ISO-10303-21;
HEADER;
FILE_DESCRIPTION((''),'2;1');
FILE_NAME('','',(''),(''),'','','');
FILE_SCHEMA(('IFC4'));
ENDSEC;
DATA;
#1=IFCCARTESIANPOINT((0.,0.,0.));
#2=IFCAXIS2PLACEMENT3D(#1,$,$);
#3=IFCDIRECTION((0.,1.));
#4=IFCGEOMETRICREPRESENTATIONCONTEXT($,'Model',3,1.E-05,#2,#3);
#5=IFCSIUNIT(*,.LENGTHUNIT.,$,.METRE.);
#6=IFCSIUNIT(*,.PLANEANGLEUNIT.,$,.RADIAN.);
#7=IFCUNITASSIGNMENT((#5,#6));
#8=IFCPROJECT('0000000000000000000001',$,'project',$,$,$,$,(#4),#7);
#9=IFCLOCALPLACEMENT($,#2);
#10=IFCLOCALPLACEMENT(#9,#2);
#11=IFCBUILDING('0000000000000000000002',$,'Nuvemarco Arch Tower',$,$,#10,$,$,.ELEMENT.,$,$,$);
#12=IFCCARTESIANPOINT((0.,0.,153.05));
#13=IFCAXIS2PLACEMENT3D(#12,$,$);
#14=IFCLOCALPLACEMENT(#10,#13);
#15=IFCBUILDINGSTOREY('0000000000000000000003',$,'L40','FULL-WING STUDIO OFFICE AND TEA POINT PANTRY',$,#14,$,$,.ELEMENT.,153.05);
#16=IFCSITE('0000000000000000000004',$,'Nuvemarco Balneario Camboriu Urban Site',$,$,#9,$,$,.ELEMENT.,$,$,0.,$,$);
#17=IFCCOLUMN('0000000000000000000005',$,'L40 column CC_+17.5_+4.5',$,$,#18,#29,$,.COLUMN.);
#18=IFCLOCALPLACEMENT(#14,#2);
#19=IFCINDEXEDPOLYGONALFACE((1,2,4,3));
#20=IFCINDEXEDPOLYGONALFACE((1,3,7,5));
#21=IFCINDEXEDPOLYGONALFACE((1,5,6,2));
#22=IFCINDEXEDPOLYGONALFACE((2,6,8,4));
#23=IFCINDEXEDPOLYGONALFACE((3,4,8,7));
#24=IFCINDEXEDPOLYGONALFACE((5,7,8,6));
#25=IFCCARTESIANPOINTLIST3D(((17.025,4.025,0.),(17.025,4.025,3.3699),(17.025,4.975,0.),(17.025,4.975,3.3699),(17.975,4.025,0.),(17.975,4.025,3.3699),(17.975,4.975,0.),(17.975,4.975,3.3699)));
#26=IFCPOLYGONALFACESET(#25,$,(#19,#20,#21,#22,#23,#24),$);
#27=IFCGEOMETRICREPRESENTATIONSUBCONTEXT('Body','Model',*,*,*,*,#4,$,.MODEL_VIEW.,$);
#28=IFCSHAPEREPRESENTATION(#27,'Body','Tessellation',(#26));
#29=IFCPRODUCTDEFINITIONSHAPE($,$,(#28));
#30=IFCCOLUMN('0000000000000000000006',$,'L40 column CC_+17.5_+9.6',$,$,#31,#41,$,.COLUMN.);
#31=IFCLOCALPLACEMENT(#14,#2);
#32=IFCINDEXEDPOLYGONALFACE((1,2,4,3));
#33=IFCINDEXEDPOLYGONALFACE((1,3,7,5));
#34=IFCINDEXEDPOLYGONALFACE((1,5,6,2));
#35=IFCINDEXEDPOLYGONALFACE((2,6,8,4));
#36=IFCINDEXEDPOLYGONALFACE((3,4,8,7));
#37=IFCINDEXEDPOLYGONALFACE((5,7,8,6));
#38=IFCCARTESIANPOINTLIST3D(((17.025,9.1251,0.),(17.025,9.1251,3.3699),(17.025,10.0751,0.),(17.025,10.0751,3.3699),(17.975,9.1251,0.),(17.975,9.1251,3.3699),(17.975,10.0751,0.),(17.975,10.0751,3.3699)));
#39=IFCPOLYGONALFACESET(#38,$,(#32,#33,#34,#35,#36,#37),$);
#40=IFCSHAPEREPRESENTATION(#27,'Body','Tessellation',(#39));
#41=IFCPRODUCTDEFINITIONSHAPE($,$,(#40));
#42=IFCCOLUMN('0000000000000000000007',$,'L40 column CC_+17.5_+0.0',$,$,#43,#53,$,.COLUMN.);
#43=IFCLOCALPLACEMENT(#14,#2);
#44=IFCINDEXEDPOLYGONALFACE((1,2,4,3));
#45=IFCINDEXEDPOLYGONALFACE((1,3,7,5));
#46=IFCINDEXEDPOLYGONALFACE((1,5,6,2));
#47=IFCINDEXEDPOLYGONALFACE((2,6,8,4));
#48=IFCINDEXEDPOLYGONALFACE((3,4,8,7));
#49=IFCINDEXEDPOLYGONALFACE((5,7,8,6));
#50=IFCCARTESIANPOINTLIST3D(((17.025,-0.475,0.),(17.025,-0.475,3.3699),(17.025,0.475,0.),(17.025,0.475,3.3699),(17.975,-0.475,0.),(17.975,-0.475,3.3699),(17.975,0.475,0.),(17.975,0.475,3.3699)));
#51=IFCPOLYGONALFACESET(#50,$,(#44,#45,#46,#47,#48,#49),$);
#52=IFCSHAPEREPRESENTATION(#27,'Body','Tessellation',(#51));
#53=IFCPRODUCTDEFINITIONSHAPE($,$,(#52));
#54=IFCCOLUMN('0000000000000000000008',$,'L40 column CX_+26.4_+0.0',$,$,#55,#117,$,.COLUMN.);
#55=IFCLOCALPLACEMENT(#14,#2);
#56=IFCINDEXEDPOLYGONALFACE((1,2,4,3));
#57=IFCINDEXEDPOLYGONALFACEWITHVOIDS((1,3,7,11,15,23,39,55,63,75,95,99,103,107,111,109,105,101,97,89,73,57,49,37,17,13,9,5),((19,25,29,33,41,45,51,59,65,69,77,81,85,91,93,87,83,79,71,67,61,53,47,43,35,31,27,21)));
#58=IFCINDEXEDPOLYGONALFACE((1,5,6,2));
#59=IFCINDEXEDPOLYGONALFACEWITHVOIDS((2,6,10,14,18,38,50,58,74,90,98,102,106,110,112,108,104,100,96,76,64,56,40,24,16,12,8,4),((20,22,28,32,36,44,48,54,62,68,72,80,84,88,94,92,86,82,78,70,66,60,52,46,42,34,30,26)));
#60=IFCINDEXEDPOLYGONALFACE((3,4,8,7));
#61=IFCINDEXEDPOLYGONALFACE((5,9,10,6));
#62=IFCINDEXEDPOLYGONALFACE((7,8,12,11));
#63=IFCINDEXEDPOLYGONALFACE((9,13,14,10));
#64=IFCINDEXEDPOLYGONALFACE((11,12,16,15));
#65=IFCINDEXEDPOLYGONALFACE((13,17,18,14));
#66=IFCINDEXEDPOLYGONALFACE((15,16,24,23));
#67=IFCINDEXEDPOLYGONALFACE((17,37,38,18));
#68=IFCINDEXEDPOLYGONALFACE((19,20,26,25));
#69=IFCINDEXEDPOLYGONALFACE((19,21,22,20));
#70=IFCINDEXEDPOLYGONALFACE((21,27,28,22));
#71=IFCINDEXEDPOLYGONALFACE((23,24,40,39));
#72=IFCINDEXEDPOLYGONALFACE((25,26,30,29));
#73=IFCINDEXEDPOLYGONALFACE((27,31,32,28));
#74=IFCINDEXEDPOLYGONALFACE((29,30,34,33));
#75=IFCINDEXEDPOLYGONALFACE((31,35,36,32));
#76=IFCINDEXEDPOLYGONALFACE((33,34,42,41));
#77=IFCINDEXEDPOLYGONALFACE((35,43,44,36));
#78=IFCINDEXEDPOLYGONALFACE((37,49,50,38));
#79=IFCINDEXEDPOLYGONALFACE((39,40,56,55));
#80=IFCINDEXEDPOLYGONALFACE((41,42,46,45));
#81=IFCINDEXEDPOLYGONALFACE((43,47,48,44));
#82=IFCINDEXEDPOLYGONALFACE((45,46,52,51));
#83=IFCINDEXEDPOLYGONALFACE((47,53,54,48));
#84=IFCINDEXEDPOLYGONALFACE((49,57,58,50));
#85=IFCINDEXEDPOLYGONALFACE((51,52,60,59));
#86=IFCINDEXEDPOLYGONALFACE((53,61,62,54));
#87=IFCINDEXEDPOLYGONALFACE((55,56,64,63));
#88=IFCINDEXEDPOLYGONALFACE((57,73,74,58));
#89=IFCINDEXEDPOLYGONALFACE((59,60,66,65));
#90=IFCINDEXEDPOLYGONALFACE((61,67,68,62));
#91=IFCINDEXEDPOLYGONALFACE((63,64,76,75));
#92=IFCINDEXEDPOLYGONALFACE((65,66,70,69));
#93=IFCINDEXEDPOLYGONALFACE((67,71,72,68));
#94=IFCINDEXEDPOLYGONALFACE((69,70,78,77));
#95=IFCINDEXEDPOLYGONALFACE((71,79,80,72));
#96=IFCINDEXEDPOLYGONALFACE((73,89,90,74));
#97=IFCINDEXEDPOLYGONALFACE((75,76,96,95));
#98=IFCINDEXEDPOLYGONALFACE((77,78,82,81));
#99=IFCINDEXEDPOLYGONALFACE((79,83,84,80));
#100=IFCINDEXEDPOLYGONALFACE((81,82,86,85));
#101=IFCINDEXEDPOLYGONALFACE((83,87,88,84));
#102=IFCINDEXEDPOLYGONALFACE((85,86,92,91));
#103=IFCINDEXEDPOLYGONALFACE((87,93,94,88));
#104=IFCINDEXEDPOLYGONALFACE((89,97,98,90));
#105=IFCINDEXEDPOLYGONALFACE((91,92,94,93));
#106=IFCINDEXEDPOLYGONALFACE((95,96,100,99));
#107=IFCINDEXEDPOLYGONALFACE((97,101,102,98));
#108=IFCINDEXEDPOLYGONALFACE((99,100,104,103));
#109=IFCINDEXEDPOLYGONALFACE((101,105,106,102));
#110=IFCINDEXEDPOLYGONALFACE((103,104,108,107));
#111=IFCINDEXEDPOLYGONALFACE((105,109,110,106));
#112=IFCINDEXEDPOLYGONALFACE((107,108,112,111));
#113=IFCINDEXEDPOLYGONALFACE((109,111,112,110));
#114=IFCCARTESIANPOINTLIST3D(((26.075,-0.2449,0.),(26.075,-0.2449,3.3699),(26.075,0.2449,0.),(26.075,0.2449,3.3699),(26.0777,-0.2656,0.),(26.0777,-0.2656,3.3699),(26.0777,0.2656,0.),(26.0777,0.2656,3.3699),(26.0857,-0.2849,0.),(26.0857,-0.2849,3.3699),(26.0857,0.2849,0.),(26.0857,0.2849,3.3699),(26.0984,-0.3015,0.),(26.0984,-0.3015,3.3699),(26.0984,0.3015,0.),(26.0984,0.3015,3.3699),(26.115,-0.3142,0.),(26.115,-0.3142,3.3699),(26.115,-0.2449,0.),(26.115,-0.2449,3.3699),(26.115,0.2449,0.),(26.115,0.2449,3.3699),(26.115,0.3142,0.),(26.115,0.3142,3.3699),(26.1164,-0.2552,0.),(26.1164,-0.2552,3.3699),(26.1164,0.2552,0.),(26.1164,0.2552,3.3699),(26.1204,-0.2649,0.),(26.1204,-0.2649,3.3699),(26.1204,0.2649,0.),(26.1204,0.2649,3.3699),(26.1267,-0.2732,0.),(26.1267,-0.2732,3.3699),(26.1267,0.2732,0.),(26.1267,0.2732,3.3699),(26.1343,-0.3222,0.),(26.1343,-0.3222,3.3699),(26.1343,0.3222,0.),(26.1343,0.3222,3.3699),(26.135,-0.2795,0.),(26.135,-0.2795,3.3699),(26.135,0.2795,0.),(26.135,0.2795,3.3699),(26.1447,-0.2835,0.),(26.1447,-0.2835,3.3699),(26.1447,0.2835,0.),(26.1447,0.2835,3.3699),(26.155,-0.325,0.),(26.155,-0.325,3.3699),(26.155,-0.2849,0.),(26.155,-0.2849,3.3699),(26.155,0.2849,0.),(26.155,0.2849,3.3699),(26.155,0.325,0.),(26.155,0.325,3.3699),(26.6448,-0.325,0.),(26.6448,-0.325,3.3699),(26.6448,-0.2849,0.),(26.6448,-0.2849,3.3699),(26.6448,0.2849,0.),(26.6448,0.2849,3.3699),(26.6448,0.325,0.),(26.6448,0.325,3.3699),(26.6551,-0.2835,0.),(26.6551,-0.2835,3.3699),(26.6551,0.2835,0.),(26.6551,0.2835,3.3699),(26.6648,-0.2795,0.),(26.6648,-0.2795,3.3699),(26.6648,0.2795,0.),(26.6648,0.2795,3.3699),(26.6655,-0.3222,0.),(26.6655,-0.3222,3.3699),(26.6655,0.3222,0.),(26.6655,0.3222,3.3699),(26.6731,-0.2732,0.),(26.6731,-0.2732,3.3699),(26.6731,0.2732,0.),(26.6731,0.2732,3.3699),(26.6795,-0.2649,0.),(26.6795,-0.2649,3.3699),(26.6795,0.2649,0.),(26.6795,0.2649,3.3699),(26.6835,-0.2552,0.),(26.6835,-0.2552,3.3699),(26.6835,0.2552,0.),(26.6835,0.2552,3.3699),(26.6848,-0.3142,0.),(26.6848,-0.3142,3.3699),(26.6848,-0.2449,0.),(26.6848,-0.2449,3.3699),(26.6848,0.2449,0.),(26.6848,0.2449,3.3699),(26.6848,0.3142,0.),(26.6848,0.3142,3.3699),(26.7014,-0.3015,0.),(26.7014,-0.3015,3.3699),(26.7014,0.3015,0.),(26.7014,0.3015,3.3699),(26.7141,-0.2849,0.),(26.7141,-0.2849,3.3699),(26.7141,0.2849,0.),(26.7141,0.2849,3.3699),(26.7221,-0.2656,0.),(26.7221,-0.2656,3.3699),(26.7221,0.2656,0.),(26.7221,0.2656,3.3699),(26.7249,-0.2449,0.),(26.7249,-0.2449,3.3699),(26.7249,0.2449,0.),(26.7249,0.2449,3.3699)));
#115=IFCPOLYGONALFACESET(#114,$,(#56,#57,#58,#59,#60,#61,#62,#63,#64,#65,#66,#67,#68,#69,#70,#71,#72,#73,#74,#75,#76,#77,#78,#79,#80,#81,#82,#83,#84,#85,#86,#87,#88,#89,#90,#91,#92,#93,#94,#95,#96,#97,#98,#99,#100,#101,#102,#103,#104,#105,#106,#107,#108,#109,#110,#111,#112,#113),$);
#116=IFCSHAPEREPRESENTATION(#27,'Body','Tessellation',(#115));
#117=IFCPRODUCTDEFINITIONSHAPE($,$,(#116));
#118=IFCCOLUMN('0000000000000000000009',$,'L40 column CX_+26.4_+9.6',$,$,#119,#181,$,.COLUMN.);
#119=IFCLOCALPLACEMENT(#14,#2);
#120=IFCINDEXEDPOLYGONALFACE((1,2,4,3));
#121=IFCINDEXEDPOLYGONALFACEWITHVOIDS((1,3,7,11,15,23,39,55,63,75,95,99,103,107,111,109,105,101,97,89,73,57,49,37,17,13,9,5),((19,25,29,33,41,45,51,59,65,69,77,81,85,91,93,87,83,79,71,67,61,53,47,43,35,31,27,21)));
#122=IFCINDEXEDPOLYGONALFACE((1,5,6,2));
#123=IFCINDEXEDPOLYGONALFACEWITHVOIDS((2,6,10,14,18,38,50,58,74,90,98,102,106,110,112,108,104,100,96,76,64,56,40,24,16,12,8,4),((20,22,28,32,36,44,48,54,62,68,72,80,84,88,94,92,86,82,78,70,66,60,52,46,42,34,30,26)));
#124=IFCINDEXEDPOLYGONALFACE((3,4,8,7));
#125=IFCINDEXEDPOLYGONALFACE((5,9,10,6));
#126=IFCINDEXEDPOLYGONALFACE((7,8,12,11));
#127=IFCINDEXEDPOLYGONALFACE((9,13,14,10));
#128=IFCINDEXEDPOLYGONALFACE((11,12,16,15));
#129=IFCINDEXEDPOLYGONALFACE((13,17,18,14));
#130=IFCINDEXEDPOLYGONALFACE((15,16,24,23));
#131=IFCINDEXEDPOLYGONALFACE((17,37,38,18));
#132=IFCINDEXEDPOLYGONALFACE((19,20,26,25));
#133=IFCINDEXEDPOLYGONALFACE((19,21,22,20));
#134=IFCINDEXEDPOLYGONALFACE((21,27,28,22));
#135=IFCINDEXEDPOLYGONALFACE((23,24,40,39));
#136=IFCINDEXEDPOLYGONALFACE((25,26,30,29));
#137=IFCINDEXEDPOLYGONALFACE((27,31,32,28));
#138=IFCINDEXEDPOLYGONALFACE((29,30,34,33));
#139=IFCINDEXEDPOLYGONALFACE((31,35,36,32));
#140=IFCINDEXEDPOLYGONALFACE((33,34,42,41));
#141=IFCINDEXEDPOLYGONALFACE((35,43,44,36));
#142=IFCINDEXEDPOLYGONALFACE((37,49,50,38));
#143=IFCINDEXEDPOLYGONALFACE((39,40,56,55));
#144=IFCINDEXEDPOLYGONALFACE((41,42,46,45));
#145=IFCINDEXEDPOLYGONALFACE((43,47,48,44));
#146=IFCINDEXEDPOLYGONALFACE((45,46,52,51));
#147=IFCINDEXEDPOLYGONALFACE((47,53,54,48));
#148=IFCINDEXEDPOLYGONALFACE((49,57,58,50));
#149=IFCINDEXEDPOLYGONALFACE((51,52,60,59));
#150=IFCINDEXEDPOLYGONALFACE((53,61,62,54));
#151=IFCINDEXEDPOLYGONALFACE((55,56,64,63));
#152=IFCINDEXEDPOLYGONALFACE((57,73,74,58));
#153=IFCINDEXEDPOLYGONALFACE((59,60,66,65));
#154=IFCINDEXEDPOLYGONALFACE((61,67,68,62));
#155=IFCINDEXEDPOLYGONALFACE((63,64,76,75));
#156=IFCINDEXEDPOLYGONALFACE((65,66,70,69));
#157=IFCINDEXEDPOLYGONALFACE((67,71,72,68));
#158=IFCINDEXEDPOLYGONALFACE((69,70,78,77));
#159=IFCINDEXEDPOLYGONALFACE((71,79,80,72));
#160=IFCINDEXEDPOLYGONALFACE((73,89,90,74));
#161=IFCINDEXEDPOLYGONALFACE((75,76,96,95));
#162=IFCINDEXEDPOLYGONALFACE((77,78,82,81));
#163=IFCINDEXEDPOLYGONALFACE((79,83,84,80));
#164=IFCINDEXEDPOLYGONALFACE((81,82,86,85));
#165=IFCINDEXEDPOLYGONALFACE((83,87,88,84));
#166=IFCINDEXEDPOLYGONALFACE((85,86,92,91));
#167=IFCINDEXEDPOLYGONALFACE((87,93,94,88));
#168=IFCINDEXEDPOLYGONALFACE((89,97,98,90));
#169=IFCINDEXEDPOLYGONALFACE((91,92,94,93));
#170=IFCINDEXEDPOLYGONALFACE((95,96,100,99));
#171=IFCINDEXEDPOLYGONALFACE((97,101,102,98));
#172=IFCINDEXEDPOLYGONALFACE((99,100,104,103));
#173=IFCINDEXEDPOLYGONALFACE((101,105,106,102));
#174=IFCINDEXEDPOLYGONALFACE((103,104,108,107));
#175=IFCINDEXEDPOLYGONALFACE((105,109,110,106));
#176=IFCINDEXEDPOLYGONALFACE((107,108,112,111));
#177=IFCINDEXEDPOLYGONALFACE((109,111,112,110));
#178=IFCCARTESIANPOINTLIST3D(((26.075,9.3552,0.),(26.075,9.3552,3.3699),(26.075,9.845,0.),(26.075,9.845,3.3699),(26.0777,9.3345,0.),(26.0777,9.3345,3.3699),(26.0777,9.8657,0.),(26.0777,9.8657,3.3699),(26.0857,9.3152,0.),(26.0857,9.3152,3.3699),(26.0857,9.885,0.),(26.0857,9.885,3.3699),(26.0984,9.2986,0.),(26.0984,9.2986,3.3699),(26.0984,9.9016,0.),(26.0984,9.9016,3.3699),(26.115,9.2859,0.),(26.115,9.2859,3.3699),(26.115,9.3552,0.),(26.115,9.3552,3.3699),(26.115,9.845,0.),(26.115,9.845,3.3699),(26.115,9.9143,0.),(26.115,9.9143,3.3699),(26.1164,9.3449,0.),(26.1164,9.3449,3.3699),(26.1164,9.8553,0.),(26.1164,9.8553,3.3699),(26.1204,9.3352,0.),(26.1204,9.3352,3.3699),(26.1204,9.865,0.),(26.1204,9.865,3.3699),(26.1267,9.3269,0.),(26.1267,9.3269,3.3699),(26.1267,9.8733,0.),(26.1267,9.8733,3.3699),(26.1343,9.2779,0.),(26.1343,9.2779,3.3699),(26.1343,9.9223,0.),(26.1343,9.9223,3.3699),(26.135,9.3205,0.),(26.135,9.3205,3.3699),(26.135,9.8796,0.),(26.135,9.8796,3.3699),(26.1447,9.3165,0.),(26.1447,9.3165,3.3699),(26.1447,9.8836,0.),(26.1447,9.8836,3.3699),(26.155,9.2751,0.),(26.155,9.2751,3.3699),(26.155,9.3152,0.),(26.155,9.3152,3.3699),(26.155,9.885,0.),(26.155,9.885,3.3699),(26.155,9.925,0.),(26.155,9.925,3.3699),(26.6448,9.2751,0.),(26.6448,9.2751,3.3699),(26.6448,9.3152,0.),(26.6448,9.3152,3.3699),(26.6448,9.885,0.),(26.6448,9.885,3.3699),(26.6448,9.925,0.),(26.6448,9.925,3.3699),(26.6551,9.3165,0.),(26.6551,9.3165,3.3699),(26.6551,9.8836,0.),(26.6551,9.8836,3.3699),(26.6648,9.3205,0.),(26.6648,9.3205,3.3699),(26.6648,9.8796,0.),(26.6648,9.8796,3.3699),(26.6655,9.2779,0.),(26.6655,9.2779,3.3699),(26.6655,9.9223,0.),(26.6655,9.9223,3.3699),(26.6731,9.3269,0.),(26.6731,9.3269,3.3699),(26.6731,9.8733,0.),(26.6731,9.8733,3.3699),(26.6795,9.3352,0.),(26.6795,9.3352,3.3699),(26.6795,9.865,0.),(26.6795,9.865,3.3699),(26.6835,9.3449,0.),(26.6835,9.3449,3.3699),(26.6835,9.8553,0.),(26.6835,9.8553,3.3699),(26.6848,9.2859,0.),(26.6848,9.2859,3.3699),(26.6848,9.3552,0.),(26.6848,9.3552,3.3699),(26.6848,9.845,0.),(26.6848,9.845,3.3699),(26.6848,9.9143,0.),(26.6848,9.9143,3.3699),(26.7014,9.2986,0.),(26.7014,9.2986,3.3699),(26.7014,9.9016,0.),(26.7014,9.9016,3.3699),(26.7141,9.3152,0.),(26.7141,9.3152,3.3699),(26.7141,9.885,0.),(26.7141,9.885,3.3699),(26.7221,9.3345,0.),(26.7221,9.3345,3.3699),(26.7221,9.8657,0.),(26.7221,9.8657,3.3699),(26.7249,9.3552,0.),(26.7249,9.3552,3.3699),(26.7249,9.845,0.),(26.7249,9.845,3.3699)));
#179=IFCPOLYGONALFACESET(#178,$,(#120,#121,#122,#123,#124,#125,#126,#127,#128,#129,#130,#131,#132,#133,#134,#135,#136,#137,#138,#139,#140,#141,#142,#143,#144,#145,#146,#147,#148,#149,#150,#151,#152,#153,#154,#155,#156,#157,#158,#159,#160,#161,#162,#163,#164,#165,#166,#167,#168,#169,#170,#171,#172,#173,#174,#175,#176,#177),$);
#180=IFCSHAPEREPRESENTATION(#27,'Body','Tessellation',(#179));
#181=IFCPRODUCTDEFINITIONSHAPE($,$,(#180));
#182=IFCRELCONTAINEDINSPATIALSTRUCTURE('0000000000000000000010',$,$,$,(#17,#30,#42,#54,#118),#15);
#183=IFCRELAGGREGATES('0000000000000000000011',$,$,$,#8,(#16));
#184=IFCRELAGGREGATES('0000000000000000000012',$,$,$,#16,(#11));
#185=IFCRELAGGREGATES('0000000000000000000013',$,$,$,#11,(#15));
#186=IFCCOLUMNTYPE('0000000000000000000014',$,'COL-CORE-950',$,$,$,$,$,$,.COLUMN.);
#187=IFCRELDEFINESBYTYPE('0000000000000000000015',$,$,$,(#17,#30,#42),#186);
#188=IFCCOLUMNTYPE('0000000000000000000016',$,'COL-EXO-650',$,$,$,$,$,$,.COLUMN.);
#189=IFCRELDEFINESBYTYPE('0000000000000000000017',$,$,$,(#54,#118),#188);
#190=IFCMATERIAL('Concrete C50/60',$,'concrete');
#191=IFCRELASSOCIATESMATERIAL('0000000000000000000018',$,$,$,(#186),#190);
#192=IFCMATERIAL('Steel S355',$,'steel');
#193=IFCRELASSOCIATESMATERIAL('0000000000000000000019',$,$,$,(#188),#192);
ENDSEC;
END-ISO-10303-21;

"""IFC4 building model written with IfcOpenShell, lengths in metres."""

from ifc_helpers import new_model, si_unit, direction, frame, origin, origin_2d, place, context, subcontext, project, spatial, rectangle, hollow_rectangle, extrude, material, material_profile, profile_set, type_object, element, save


model = new_model("IFC4")

# Units and contexts
model_context = context("Model", 3, precision=1e-05, world=origin(), true_north=direction((0.0, 1.0)))
body_context = subcontext(model_context, "Body", "Model", "MODEL_VIEW")
ifc_project = project(units=[si_unit("LENGTHUNIT", "METRE"), si_unit("PLANEANGLEUNIT", "RADIAN")], contexts=[model_context])

# Site, building, storey
site_placement = place(None, origin())
site = spatial("IfcSite", under=ifc_project, at=site_placement, Name="Nuvemarco Balneario Camboriu Urban Site", CompositionType="ELEMENT", RefElevation=0.0)
building_placement = place(site_placement, origin())
building = spatial("IfcBuilding", under=site, at=building_placement, Name="Nuvemarco Arch Tower", CompositionType="ELEMENT")
storey_placement = place(building_placement, frame((0.0, 0.0, 153.05)))
storey = spatial("IfcBuildingStorey", under=building, at=storey_placement, Name="L40", Description="FULL-WING STUDIO OFFICE AND TEA POINT PANTRY", CompositionType="ELEMENT", Elevation=153.05)

# Columns
ifc_material_1 = material(Name="Concrete C50/60", Category="concrete")
ifc_material_profile_1 = material_profile(ifc_material_1, rectangle(XDim=0.95, YDim=0.95, at=origin_2d()), Name="RC-COL-950x950")
ifc_profile_set_1 = profile_set([ifc_material_profile_1], Name="Concrete C50/60")
column_type_1 = type_object("IfcColumnType", Name="COL-CORE-950", PredefinedType="COLUMN", material=ifc_profile_set_1)
for number, where, z_axis, x_axis, name in (
    (1, (17.5, 4.5, 0.0), (0.0, 0.0, 1.0), (1.0, 0.0, 0.0), "L40 column CC_+17.5_+4.5"),
    (2, (17.5, 9.6001, 0.0), (0.0, 0.0, 1.0), (1.0, 0.0, 0.0), "L40 column CC_+17.5_+9.6"),
    (3, (17.5, 0.0, 0.0), (0.0, 0.0, 1.0), (1.0, 0.0, 0.0), "L40 column CC_+17.5_+0.0"),
):
    element("IfcColumn", number, at=place(storey_placement, frame(where, z_axis=z_axis, x_axis=x_axis)), inside=storey, type_object=column_type_1, Name=name, PredefinedType="COLUMN", context=body_context, shape_type="SweptSolid", body=[
        extrude(rectangle(XDim=0.95, YDim=0.95, at=origin_2d()), origin(), (0.0, 0.0, 1.0), 3.3699),
    ])
ifc_material_2 = material(Name="Steel S355", Category="steel")
ifc_material_profile_2 = material_profile(ifc_material_2, hollow_rectangle(XDim=0.6499, YDim=0.6499, WallThickness=0.04, InnerFilletRadius=0.04, OuterFilletRadius=0.0801, at=origin_2d()), Name="SHS650x650x40")
ifc_profile_set_2 = profile_set([ifc_material_profile_2], Name="Steel S355")
column_type_2 = type_object("IfcColumnType", Name="COL-EXO-650", PredefinedType="COLUMN", material=ifc_profile_set_2)
for number, where, z_axis, x_axis, name in (
    (4, (26.3999, 0.0, 0.0), (0.0, 0.0, 1.0), (1.0, 0.0, 0.0), "L40 column CX_+26.4_+0.0"),
    (5, (26.3999, 9.6001, 0.0), (0.0, 0.0, 1.0), (1.0, 0.0, 0.0), "L40 column CX_+26.4_+9.6"),
):
    element("IfcColumn", number, at=place(storey_placement, frame(where, z_axis=z_axis, x_axis=x_axis)), inside=storey, type_object=column_type_2, Name=name, PredefinedType="COLUMN", context=body_context, shape_type="SweptSolid", body=[
        extrude(hollow_rectangle(XDim=0.6499, YDim=0.6499, WallThickness=0.04, InnerFilletRadius=0.04, OuterFilletRadius=0.0801, at=origin_2d()), origin(), (0.0, 0.0, 1.0), 3.3699),
    ])

save(model, "model.ifc")
